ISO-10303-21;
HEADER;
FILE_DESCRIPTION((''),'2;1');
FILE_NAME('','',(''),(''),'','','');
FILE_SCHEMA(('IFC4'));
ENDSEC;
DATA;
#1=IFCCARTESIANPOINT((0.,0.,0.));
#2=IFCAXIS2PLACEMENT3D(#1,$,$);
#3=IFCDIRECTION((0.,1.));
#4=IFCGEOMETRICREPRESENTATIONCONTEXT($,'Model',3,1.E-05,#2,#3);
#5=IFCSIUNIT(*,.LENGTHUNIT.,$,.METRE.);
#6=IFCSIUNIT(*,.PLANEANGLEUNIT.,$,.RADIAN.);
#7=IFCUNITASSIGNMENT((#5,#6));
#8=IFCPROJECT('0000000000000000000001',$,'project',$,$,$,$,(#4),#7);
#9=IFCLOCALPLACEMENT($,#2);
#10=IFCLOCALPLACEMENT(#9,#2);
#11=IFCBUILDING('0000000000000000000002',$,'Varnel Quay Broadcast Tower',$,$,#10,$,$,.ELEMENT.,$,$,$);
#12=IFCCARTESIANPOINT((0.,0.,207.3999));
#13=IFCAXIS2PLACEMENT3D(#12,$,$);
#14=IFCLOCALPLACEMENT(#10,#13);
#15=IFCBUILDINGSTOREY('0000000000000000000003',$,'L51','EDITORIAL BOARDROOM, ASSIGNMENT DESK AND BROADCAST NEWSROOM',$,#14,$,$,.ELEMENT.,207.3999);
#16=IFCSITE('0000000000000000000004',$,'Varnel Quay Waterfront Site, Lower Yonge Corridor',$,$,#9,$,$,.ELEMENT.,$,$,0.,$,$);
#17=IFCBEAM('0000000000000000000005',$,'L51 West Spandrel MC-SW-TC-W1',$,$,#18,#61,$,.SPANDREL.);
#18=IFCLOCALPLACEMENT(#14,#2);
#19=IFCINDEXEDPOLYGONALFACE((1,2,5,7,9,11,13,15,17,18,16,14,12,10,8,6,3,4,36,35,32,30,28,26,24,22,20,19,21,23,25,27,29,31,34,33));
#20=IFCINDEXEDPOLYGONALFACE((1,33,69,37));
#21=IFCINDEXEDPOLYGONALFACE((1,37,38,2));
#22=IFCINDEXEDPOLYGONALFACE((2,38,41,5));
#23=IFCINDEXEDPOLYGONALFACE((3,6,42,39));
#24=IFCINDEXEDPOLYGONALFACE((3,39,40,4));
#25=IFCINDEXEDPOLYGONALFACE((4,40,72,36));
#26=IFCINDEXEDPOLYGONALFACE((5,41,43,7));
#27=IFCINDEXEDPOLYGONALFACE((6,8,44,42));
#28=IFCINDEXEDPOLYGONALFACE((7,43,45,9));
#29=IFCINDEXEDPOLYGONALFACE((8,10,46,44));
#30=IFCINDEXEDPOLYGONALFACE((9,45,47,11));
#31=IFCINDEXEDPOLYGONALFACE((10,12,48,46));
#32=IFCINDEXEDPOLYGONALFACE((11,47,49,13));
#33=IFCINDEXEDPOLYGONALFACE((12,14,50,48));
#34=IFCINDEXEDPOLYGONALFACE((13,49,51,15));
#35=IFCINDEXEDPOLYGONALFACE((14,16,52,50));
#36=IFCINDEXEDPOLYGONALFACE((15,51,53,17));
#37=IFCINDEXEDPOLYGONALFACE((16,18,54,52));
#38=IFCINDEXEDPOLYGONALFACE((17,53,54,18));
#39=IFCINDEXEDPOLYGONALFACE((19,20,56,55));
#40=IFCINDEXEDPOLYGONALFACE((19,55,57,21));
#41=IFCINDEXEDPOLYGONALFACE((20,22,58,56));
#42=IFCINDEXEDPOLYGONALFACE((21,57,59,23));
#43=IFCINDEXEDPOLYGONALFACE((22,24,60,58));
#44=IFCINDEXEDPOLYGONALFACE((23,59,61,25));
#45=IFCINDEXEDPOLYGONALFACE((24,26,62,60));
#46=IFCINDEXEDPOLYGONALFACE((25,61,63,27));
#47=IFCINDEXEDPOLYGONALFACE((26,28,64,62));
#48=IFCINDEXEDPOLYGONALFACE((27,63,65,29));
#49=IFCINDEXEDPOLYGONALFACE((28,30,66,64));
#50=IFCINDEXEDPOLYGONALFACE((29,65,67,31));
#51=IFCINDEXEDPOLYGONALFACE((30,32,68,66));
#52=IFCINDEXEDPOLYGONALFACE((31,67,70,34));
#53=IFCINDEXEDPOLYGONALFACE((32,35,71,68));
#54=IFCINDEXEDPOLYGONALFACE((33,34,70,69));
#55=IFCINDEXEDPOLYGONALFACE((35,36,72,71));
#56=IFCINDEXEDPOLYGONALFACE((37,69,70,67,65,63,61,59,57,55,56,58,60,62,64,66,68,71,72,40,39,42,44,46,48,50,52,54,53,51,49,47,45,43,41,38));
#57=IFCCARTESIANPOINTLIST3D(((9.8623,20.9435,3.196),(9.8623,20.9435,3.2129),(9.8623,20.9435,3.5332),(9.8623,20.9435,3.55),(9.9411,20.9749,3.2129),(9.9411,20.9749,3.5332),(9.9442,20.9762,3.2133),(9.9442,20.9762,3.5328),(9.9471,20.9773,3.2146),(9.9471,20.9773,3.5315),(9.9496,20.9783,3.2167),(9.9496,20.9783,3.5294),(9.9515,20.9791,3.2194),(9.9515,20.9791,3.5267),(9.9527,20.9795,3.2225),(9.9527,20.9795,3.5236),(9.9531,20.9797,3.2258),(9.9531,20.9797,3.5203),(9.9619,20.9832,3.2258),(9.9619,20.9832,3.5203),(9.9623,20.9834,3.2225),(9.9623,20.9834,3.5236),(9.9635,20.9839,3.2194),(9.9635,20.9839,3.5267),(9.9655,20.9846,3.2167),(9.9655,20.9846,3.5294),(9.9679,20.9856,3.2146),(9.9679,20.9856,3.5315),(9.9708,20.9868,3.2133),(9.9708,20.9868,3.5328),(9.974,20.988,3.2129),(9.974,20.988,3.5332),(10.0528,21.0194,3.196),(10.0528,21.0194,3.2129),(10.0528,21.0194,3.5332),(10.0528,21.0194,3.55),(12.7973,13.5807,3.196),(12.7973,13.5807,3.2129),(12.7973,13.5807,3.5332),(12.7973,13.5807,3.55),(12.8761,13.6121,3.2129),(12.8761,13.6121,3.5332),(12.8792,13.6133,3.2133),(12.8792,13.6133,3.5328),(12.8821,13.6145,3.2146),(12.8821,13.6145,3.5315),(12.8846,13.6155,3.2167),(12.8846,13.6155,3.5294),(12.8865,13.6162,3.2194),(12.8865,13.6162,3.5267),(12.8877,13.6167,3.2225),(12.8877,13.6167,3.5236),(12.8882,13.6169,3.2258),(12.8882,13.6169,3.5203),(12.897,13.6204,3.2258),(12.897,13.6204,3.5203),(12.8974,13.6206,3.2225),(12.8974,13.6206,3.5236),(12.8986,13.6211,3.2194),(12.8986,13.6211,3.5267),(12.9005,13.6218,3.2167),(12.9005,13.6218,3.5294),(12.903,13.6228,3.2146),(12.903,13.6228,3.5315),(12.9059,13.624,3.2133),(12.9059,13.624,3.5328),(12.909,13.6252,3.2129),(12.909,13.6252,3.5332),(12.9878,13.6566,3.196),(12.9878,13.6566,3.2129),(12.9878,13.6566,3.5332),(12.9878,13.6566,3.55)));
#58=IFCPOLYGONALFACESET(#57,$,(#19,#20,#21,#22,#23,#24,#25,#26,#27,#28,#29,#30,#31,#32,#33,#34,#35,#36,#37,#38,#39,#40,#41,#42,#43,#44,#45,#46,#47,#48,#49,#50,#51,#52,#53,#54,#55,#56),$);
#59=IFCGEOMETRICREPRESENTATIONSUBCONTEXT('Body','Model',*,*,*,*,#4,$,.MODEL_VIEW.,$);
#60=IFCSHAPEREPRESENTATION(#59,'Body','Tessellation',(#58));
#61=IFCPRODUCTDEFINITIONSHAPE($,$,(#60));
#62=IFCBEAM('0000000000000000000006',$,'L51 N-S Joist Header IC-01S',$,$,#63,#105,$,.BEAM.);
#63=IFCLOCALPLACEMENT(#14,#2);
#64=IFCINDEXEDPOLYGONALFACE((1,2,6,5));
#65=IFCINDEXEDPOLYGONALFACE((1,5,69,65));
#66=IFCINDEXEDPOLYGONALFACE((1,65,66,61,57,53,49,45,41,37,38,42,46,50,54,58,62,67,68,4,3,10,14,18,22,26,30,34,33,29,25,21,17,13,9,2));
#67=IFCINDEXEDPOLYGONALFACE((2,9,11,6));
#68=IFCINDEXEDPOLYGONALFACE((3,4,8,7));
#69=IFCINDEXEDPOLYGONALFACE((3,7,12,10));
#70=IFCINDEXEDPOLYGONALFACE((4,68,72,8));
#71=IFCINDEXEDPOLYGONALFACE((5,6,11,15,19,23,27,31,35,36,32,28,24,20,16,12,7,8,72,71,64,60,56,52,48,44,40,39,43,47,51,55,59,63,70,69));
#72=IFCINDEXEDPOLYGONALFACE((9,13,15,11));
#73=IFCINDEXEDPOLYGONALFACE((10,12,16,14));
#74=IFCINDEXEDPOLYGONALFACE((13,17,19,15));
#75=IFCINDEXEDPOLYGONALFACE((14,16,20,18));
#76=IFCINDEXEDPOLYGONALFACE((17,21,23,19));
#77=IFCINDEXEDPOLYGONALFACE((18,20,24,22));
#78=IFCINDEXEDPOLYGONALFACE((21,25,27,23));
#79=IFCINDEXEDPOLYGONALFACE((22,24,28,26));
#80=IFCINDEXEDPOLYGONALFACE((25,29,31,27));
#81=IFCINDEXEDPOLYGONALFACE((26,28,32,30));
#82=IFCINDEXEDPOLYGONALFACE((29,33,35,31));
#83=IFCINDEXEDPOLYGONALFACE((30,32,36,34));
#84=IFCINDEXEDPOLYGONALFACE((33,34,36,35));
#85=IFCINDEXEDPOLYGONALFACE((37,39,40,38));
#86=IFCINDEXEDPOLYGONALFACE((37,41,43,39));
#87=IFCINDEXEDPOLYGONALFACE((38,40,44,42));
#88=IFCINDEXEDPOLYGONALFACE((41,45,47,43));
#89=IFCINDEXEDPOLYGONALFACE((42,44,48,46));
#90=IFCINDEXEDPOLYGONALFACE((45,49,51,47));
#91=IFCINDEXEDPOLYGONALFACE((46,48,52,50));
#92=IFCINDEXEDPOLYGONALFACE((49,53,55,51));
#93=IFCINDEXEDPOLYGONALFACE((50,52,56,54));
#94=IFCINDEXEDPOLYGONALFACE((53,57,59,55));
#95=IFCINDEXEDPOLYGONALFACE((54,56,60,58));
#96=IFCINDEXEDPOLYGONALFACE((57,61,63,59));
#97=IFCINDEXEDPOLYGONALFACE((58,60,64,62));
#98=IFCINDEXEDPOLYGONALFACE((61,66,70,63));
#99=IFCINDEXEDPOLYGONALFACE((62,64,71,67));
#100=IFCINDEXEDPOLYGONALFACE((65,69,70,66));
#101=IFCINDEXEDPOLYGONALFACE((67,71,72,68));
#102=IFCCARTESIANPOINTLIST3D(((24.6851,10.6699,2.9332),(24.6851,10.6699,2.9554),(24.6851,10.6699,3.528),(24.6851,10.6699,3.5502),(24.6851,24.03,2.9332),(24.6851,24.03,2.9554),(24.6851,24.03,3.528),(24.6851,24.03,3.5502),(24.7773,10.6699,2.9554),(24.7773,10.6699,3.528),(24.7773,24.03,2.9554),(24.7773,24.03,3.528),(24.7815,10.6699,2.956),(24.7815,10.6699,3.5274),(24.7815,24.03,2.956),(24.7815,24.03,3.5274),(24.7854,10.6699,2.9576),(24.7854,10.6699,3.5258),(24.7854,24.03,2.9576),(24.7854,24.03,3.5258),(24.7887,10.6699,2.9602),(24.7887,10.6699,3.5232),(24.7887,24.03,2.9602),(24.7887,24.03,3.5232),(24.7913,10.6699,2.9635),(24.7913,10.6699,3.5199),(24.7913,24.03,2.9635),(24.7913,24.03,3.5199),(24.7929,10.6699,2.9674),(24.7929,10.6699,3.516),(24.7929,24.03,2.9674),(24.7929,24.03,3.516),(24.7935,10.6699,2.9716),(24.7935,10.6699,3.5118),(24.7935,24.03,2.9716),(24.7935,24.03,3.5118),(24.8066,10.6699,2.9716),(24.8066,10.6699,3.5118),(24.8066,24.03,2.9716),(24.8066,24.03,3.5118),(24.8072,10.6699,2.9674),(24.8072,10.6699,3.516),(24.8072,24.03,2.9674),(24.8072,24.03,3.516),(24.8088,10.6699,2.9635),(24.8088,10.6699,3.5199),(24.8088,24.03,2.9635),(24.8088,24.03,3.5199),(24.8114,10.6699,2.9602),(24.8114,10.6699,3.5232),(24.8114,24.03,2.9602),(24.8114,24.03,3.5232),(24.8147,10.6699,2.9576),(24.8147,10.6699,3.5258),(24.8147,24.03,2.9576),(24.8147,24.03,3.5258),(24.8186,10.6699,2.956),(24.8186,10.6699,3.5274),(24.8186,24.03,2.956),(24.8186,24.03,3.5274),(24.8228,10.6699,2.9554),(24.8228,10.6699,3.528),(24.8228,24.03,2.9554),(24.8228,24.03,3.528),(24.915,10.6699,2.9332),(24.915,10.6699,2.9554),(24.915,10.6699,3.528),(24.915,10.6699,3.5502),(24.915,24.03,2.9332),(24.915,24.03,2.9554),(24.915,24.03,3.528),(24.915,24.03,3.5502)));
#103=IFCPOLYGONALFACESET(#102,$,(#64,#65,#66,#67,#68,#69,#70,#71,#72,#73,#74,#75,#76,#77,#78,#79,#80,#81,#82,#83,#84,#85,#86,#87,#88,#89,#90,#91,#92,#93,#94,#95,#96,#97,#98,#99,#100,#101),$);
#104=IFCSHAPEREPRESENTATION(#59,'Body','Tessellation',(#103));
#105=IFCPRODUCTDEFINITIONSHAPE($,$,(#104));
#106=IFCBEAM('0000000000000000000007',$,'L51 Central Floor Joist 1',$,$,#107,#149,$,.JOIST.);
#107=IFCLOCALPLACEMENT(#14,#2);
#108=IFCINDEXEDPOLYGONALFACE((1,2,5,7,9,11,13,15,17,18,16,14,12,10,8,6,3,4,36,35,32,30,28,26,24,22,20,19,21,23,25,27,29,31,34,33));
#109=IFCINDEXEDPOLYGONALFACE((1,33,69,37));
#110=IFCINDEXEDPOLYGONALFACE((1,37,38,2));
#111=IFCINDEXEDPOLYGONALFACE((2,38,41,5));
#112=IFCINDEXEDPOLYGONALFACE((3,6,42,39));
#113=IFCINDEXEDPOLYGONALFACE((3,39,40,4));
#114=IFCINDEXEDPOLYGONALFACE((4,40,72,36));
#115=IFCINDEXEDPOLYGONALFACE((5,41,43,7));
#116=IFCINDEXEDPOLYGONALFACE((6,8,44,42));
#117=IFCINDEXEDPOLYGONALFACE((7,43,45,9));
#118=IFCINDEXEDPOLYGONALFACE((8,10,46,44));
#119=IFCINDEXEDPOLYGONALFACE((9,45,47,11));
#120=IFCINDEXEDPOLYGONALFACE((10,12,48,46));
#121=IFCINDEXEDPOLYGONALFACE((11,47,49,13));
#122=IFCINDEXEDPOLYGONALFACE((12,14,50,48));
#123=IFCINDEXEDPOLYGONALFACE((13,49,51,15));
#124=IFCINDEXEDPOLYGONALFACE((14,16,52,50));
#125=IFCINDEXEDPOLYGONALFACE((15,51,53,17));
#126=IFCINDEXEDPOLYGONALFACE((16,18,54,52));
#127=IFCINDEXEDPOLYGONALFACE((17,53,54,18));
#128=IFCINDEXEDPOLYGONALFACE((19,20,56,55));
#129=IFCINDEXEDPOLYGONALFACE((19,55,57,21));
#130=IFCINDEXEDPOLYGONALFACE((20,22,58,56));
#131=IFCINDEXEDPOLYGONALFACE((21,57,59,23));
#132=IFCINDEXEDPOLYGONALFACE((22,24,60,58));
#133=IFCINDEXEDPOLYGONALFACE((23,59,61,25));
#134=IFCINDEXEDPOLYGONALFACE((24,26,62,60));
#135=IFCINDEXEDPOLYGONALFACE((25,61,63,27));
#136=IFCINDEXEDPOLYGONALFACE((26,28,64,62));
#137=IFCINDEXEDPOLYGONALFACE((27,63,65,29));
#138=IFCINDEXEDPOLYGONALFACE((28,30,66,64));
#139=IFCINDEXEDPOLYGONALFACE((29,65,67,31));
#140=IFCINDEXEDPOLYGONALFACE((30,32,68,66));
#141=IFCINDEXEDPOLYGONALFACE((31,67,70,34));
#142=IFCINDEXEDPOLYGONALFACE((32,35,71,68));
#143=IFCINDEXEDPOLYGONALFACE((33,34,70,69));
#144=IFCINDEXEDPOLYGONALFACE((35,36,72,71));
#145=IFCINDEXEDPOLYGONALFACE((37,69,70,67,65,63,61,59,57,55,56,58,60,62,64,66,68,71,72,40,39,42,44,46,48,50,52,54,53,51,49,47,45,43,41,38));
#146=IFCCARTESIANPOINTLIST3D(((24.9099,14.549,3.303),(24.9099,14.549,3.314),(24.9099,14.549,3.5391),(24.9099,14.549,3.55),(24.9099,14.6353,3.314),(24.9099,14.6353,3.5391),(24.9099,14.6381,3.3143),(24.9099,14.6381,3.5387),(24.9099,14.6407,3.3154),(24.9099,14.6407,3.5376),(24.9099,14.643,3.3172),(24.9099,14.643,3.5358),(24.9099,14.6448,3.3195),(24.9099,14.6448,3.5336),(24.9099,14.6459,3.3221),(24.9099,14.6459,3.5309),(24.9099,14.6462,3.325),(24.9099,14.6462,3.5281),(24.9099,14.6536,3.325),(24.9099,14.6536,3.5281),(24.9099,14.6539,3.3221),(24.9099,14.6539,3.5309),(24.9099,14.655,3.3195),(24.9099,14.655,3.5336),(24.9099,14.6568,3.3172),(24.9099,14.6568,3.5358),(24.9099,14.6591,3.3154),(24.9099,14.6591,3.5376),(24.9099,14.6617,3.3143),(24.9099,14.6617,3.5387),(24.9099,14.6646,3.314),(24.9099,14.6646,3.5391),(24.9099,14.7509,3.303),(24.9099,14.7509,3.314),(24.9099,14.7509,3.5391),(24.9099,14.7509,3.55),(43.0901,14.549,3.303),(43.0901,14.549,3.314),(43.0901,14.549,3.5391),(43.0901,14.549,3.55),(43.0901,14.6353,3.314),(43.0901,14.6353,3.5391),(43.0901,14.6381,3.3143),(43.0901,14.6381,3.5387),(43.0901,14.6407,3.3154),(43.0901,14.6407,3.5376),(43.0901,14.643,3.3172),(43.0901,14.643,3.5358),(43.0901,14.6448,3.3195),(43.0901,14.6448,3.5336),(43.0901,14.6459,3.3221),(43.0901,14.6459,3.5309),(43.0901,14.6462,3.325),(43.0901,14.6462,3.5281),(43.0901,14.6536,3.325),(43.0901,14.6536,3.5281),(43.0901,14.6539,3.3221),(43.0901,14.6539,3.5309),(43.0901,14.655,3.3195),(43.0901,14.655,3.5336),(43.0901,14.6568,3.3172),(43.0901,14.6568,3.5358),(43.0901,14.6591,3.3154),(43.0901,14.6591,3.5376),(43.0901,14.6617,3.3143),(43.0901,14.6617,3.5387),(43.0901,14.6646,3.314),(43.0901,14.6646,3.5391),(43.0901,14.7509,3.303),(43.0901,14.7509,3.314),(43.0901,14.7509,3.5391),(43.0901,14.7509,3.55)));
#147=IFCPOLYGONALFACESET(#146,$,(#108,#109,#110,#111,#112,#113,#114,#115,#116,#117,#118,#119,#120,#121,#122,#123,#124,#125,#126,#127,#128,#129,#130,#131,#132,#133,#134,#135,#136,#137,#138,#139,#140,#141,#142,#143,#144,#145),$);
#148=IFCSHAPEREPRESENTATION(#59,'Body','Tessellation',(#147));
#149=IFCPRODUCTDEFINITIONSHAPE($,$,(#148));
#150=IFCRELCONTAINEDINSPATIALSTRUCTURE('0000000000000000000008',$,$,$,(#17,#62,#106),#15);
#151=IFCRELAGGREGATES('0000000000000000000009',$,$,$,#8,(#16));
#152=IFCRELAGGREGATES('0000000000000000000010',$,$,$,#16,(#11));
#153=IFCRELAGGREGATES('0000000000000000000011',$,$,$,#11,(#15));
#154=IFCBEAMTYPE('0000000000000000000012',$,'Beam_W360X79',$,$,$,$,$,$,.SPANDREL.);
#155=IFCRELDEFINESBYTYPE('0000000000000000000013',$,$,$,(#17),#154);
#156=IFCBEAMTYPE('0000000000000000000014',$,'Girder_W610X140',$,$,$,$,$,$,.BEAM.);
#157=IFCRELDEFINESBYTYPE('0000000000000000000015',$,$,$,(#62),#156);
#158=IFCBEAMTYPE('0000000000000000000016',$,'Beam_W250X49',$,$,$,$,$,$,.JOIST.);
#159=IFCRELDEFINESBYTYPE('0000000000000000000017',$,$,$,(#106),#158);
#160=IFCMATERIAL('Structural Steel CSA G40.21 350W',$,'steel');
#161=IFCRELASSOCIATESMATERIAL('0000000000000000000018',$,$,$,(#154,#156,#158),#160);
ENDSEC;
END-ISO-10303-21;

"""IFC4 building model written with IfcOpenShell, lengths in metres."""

from ifc_helpers import new_model, si_unit, direction, frame, origin, origin_2d, place, context, subcontext, project, spatial, i_section, extrude, source, transform, mapped, material, material_profile, profile_set, type_object, type_shapes, element, save


model = new_model("IFC4")

# Units and contexts
model_context = context("Model", 3, precision=1e-05, world=origin(), true_north=direction((0.0, 1.0)))
body_context = subcontext(model_context, "Body", "Model", "MODEL_VIEW")
ifc_project = project(units=[si_unit("LENGTHUNIT", "METRE"), si_unit("PLANEANGLEUNIT", "RADIAN")], contexts=[model_context])

# Site, building, storey
site_placement = place(None, origin())
site = spatial("IfcSite", under=ifc_project, at=site_placement, Name="Varnel Quay Waterfront Site, Lower Yonge Corridor", CompositionType="ELEMENT", RefElevation=0.0)
building_placement = place(site_placement, origin())
building = spatial("IfcBuilding", under=site, at=building_placement, Name="Varnel Quay Broadcast Tower", CompositionType="ELEMENT")
storey_placement = place(building_placement, frame((0.0, 0.0, 207.3999)))
storey = spatial("IfcBuildingStorey", under=building, at=storey_placement, Name="L51", Description="EDITORIAL BOARDROOM, ASSIGNMENT DESK AND BROADCAST NEWSROOM", CompositionType="ELEMENT", Elevation=207.3999)

# Shared definitions
ifc_material_1 = material(Name="Structural Steel CSA G40.21 350W", Category="steel")

# Beams
ifc_material_profile_1 = material_profile(ifc_material_1, i_section(OverallWidth=0.2051, OverallDepth=0.354, WebThickness=0.0095, FlangeThickness=0.0168, FilletRadius=0.0129, at=origin_2d()), Name="W360X79")
ifc_profile_set_1 = profile_set([ifc_material_profile_1], Name="Structural Steel CSA G40.21 350W")
beam_type_1 = type_object("IfcBeamType", Name="Beam_W360X79", PredefinedType="SPANDREL", material=ifc_profile_set_1)
shared_shape_1 = source(origin(), body_context, "Body", "SweptSolid", [
    extrude(i_section(OverallWidth=0.2051, OverallDepth=0.354, WebThickness=0.0095, FlangeThickness=0.0168, FilletRadius=0.0129, at=origin_2d()), origin(), (0.0, 0.0, 1.0), 7.9263),
])
beam_1_placement = place(storey_placement, frame((12.8926, 13.6187, 3.373), z_axis=(-0.370296, 0.928914, 0.0), x_axis=(-0.928914, -0.370296, 0.0)))
element("IfcBeam", 1, at=beam_1_placement, inside=storey, type_object=beam_type_1, Name="L51 West Spandrel MC-SW-TC-W1", PredefinedType="SPANDREL", context=body_context, shape_type="MappedRepresentation", body=[
    mapped(shared_shape_1, transform((0.0, 0.0, 0.0), x_axis=(1.0, 0.0, 0.0), y_axis=(0.0, 1.0, 0.0), z_axis=(0.0, 0.0, 1.0), scale=1.0)),
])
ifc_material_profile_2 = material_profile(ifc_material_1, i_section(OverallWidth=0.23, OverallDepth=0.6169, WebThickness=0.0132, FlangeThickness=0.0222, FilletRadius=0.0161, at=origin_2d()), Name="W610X140")
ifc_profile_set_2 = profile_set([ifc_material_profile_2], Name="Structural Steel CSA G40.21 350W")
beam_type_2 = type_object("IfcBeamType", Name="Girder_W610X140", PredefinedType="BEAM", material=ifc_profile_set_2)
shared_shape_2 = source(origin(), body_context, "Body", "SweptSolid", [
    extrude(i_section(OverallWidth=0.23, OverallDepth=0.6169, WebThickness=0.0132, FlangeThickness=0.0222, FilletRadius=0.0161, at=origin_2d()), origin(), (0.0, 0.0, 1.0), 13.3601),
])
type_shapes(beam_type_2, [shared_shape_2])
beam_2_placement = place(storey_placement, frame((24.8, 10.6699, 3.2417), z_axis=(0.0, 1.0, 0.0), x_axis=(-1.0, 0.0, 0.0)))
element("IfcBeam", 2, at=beam_2_placement, inside=storey, type_object=beam_type_2, Name="L51 N-S Joist Header IC-01S", PredefinedType="BEAM", context=body_context, shape_type="MappedRepresentation", body=[
    mapped(shared_shape_2, transform((0.0, 0.0, 0.0), x_axis=(1.0, 0.0, 0.0), y_axis=(0.0, 1.0, 0.0), z_axis=(0.0, 0.0, 1.0), scale=1.0)),
])
ifc_material_profile_3 = material_profile(ifc_material_1, i_section(OverallWidth=0.2019, OverallDepth=0.2471, WebThickness=0.0073, FlangeThickness=0.011, FilletRadius=0.011, at=origin_2d()), Name="W250X49")
ifc_profile_set_3 = profile_set([ifc_material_profile_3], Name="Structural Steel CSA G40.21 350W")
beam_type_3 = type_object("IfcBeamType", Name="Beam_W250X49", PredefinedType="JOIST", material=ifc_profile_set_3)
shared_shape_3 = source(origin(), body_context, "Body", "SweptSolid", [
    extrude(i_section(OverallWidth=0.2019, OverallDepth=0.2471, WebThickness=0.0073, FlangeThickness=0.011, FilletRadius=0.011, at=origin_2d()), origin(), (0.0, 0.0, 1.0), 18.1802),
])
type_shapes(beam_type_3, [shared_shape_3])
beam_3_placement = place(storey_placement, frame((24.9099, 14.6499, 3.4265), z_axis=(1.0, 0.0, 0.0), x_axis=(0.0, 1.0, 0.0)))
element("IfcBeam", 3, at=beam_3_placement, inside=storey, type_object=beam_type_3, Name="L51 Central Floor Joist 1", PredefinedType="JOIST", context=body_context, shape_type="MappedRepresentation", body=[
    mapped(shared_shape_3, transform((0.0, 0.0, 0.0), x_axis=(1.0, 0.0, 0.0), y_axis=(0.0, 1.0, 0.0), z_axis=(0.0, 0.0, 1.0), scale=1.0)),
])

save(model, "model.ifc")
